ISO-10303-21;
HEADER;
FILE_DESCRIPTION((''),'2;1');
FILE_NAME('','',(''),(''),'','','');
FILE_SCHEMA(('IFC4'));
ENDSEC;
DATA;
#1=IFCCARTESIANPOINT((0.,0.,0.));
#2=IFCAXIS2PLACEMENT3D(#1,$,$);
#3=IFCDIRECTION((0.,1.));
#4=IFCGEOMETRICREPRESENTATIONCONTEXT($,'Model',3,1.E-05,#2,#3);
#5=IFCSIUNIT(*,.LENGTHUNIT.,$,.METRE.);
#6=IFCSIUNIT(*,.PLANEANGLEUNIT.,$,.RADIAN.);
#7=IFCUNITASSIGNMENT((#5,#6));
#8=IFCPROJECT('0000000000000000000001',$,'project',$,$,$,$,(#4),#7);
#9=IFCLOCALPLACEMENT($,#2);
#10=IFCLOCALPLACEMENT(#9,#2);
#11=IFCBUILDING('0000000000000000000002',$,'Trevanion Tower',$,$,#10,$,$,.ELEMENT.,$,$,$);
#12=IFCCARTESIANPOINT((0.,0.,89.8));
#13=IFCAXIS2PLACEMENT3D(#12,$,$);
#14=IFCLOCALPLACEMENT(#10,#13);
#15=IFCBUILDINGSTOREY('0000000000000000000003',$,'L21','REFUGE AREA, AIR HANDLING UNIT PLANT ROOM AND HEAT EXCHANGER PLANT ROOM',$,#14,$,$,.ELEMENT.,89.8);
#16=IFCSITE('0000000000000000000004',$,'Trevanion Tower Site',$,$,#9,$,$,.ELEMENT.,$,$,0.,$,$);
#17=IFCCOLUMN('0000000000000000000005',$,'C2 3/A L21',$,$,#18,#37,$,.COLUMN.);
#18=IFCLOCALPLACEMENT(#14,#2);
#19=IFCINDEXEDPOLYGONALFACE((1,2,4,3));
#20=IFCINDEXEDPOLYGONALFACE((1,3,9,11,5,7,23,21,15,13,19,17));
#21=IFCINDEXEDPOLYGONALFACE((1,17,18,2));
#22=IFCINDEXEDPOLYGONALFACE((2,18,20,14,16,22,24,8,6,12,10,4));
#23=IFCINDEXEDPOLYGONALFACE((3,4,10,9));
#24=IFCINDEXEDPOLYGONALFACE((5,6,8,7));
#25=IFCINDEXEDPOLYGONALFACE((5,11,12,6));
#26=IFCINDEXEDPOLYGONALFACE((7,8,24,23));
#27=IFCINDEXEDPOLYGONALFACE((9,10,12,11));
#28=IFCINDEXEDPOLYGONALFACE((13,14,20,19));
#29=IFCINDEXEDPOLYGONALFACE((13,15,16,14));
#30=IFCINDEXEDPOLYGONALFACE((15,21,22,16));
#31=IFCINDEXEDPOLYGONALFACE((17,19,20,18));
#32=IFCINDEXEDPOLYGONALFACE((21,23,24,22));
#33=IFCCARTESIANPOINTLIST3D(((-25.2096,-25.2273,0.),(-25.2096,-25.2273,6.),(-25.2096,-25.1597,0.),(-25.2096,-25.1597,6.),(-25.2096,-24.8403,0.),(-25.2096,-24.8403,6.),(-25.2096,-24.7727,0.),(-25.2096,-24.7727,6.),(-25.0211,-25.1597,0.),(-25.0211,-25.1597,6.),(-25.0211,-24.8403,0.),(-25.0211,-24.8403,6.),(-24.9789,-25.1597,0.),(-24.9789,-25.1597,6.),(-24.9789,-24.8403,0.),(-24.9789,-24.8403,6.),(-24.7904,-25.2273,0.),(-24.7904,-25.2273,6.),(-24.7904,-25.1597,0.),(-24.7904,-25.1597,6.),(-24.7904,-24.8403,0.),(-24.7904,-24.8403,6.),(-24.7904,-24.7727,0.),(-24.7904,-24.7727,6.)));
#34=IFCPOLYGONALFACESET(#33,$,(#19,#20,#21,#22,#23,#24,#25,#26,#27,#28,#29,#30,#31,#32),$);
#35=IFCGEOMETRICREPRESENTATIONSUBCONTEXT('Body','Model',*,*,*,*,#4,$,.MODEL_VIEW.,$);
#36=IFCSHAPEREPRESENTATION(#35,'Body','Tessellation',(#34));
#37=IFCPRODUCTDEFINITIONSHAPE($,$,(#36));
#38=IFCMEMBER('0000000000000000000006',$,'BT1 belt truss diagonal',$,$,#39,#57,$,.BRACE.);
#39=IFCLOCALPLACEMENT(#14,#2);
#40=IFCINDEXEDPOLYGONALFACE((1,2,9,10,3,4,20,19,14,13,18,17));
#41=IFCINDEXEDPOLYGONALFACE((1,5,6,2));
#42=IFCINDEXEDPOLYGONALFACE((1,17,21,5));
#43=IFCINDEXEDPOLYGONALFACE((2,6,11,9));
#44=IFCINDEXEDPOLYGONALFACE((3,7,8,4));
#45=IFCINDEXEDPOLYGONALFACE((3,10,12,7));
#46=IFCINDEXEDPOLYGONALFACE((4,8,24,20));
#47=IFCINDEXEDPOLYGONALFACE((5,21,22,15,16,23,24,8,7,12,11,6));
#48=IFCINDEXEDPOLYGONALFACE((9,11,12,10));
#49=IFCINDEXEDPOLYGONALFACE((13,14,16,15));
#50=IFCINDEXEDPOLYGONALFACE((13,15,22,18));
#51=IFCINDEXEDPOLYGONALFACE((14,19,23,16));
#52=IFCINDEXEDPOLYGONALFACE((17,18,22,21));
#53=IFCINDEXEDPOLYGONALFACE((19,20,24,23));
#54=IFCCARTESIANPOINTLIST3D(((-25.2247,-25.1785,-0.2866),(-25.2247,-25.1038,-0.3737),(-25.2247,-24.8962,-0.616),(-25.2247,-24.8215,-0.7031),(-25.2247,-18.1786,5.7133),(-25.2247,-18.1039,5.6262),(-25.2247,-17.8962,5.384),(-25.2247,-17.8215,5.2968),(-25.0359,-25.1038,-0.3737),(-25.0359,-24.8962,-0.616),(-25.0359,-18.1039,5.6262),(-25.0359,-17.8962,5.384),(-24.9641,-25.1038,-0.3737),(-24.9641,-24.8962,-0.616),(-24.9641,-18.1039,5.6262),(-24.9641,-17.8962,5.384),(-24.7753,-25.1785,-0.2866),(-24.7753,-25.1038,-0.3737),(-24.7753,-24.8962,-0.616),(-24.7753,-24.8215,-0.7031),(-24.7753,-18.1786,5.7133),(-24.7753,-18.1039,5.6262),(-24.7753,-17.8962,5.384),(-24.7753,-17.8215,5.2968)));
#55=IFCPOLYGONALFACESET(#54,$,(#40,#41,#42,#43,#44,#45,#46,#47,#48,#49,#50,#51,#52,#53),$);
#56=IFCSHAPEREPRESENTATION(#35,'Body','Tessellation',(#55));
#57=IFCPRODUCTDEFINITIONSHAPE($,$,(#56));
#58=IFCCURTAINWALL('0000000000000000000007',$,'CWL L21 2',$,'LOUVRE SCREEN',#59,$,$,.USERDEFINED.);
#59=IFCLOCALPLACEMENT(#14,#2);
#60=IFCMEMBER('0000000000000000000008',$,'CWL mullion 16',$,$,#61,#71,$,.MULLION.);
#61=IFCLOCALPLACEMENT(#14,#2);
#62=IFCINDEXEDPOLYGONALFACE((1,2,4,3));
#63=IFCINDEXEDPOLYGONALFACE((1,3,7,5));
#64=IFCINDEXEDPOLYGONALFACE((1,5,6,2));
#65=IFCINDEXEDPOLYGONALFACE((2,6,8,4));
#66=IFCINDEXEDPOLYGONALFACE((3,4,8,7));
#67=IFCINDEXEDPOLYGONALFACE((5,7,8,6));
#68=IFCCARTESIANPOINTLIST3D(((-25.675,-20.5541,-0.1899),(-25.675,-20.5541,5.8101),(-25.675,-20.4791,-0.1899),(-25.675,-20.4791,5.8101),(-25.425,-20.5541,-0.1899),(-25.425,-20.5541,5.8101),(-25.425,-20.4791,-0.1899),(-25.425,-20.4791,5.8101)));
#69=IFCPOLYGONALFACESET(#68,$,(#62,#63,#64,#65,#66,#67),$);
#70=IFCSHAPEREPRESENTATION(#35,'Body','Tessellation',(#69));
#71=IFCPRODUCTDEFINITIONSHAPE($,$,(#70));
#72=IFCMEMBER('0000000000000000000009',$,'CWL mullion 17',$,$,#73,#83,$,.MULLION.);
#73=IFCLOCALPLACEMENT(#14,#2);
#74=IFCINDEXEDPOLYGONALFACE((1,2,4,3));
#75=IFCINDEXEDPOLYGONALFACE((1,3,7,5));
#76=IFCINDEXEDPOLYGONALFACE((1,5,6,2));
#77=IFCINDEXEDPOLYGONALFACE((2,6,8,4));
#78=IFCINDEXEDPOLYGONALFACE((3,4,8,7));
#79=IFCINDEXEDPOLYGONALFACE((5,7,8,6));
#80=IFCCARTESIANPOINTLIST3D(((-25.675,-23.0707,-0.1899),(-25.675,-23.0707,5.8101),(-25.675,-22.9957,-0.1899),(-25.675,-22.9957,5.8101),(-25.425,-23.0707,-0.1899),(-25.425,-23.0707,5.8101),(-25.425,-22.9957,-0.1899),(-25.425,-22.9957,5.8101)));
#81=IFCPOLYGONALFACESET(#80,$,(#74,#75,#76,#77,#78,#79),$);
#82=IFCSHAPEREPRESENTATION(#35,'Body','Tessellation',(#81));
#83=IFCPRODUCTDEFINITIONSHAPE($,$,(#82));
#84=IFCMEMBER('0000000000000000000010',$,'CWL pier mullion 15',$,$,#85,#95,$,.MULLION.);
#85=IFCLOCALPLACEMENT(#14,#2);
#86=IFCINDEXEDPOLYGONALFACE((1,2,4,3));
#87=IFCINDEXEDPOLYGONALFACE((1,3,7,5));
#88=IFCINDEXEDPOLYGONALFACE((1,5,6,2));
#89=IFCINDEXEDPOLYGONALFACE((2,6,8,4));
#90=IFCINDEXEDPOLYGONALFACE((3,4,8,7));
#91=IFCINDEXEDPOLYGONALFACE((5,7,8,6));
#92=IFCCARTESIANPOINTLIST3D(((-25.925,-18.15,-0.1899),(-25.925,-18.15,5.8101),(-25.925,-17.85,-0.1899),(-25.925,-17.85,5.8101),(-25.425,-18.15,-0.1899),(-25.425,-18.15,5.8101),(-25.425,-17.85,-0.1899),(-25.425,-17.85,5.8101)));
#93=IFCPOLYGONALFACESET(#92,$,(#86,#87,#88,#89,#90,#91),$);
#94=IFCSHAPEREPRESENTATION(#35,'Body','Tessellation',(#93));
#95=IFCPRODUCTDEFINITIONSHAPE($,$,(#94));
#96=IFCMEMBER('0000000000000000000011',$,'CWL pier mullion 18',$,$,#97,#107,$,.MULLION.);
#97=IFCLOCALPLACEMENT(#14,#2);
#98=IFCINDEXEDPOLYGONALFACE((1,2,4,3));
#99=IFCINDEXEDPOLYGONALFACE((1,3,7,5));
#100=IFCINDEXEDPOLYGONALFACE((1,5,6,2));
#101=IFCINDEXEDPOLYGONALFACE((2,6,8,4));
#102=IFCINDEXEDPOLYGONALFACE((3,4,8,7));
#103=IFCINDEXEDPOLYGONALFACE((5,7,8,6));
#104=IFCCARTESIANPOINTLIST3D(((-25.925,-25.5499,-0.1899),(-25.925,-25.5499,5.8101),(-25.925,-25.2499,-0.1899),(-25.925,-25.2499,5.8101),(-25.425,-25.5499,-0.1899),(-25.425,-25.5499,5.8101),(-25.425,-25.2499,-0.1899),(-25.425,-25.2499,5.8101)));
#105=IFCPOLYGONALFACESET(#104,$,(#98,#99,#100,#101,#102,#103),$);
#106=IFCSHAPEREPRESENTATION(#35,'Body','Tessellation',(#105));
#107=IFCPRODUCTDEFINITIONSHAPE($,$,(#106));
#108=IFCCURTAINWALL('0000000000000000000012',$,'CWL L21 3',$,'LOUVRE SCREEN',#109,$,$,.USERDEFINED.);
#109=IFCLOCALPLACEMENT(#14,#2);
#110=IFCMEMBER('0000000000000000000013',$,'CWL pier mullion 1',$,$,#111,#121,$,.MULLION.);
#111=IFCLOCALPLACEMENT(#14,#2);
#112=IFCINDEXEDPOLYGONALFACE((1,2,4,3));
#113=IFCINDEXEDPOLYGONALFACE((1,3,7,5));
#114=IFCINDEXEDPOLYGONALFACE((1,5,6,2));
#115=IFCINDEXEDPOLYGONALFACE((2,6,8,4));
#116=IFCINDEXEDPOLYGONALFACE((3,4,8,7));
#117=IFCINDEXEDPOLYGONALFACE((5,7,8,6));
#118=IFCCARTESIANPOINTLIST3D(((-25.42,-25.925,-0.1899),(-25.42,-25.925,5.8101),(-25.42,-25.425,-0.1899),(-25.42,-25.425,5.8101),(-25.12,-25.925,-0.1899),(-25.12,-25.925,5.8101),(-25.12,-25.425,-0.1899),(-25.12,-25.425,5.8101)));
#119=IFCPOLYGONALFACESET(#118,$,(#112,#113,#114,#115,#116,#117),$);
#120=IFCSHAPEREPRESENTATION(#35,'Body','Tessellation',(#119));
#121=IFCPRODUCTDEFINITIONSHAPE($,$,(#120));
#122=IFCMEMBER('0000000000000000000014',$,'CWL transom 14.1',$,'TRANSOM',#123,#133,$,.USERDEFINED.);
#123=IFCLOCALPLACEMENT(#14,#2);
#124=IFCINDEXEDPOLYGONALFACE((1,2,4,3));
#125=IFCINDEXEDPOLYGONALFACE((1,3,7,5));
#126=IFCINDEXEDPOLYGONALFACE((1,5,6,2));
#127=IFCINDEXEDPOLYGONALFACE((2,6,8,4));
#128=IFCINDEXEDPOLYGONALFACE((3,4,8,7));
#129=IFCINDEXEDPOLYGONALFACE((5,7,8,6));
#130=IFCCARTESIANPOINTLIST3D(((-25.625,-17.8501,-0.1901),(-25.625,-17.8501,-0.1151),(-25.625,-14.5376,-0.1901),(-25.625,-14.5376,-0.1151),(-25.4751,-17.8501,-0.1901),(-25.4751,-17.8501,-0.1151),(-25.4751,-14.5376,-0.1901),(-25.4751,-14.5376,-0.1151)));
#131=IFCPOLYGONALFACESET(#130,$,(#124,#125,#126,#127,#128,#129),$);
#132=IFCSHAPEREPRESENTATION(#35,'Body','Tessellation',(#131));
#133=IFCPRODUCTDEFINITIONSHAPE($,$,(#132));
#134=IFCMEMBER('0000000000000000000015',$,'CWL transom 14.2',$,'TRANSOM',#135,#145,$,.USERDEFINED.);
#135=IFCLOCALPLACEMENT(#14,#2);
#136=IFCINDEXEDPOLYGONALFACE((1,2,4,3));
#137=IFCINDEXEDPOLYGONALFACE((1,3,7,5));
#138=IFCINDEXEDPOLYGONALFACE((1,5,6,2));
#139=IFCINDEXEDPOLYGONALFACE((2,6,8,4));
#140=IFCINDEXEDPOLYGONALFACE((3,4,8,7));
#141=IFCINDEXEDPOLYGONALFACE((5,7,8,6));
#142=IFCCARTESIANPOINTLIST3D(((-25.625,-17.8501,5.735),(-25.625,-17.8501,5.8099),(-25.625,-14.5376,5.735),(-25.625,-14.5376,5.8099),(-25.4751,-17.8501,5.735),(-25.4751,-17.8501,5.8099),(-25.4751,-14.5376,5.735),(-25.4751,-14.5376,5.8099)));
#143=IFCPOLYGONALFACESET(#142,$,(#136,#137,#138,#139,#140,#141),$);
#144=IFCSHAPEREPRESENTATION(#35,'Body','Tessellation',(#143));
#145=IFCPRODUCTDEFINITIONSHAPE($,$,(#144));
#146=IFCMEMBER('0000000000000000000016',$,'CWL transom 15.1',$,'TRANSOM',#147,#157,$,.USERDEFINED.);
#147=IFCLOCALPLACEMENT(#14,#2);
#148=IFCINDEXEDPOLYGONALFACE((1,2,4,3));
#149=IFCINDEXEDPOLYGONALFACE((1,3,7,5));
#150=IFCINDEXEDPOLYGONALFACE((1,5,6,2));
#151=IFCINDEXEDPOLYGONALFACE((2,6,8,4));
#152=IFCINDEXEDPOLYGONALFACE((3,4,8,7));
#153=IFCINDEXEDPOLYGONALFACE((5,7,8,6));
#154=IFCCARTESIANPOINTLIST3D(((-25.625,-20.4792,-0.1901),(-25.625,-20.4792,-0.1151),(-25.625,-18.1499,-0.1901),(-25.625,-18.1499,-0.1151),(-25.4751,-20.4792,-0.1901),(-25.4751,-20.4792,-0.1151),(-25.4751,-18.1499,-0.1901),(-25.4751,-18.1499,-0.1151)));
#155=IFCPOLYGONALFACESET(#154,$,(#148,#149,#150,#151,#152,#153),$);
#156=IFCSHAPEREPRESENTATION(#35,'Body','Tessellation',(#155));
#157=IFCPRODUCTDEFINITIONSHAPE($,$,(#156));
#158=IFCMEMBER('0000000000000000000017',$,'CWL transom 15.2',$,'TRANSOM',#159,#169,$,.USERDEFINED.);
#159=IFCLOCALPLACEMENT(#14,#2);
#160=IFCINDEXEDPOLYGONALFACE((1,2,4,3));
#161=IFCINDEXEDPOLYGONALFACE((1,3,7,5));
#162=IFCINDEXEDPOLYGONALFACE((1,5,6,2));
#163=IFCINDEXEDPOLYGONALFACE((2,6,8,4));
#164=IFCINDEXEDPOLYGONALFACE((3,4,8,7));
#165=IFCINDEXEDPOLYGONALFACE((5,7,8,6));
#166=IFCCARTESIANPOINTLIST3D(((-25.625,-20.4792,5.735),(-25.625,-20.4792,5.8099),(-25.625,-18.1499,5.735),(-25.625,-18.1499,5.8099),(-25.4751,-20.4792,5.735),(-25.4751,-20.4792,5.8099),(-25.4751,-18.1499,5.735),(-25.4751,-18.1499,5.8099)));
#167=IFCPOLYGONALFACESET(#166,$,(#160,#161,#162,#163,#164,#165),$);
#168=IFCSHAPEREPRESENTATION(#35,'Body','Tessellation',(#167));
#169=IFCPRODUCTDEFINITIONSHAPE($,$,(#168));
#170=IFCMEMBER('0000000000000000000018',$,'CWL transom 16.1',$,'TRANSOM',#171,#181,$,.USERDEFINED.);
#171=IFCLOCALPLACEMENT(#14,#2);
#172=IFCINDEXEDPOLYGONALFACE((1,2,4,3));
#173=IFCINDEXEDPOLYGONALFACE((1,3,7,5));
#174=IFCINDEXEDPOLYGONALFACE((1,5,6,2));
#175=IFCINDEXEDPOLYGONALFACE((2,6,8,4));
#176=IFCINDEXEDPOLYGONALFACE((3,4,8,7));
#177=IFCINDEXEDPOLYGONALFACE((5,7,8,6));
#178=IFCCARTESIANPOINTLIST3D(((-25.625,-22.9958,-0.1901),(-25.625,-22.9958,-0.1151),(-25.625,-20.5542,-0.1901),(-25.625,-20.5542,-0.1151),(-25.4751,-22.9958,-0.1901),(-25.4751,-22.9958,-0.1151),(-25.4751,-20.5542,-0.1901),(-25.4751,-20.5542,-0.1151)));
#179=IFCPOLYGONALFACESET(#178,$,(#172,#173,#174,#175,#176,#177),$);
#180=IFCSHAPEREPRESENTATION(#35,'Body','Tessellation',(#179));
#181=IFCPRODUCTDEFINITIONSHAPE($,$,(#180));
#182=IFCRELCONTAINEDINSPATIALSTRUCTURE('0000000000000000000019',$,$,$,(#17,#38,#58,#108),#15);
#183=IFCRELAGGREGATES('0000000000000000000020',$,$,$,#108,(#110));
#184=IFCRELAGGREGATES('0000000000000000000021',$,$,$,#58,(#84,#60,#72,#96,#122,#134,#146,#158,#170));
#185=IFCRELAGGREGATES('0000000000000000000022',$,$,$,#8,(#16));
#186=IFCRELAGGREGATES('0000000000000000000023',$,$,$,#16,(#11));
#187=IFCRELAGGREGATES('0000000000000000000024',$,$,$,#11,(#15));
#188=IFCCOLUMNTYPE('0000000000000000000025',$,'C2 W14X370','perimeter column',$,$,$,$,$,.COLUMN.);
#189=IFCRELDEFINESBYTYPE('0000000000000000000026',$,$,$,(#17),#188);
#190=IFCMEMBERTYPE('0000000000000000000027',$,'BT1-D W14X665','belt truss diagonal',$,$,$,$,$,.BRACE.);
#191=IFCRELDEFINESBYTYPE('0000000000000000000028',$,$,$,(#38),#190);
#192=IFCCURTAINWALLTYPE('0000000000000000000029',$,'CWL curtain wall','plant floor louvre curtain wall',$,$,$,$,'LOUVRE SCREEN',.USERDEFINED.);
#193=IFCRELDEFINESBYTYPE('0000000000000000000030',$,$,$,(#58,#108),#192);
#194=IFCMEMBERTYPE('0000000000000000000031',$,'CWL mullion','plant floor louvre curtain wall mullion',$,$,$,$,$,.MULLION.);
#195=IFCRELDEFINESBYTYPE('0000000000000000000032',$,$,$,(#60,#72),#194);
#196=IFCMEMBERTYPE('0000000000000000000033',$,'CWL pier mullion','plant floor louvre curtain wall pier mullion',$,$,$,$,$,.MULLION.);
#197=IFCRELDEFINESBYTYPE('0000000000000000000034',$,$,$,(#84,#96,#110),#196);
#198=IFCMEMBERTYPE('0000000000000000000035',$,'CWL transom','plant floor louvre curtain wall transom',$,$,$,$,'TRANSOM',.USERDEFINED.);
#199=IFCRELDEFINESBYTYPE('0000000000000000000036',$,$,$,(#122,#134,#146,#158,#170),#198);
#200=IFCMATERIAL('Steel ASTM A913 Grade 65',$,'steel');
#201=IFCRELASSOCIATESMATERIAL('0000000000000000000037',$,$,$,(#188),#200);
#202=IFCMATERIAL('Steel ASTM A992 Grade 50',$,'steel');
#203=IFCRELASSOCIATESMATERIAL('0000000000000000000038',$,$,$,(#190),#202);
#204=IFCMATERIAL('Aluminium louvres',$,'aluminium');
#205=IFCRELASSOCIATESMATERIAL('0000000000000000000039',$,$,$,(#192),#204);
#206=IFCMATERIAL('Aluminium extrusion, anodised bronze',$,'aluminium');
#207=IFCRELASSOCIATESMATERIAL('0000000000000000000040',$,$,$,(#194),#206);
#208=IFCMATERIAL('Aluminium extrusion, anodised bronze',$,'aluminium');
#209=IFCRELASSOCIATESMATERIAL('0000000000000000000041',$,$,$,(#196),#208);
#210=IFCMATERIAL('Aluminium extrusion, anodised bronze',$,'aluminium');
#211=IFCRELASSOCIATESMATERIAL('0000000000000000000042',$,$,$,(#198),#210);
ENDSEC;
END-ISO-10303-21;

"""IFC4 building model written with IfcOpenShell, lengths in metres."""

from ifc_helpers import new_model, si_unit, direction, frame, origin, origin_2d, place, context, subcontext, project, spatial, rectangle, i_section, extrude, material, material_profile, profile_set, type_object, element, aggregate, save


model = new_model("IFC4")

# Units and contexts
model_context = context("Model", 3, precision=1e-05, world=origin(), true_north=direction((0.0, 1.0)))
body_context = subcontext(model_context, "Body", "Model", "MODEL_VIEW")
ifc_project = project(units=[si_unit("LENGTHUNIT", "METRE"), si_unit("PLANEANGLEUNIT", "RADIAN")], contexts=[model_context])

# Site, building, storey
site_placement = place(None, origin())
site = spatial("IfcSite", under=ifc_project, at=site_placement, Name="Trevanion Tower Site", CompositionType="ELEMENT", RefElevation=0.0)
building_placement = place(site_placement, origin())
building = spatial("IfcBuilding", under=site, at=building_placement, Name="Trevanion Tower", CompositionType="ELEMENT")
storey_placement = place(building_placement, frame((0.0, 0.0, 89.8)))
storey = spatial("IfcBuildingStorey", under=building, at=storey_placement, Name="L21", Description="REFUGE AREA, AIR HANDLING UNIT PLANT ROOM AND HEAT EXCHANGER PLANT ROOM", CompositionType="ELEMENT", Elevation=89.8)

# Column
ifc_material_1 = material(Name="Steel ASTM A913 Grade 65", Category="steel")
ifc_material_profile_1 = material_profile(ifc_material_1, i_section(OverallWidth=0.4192, OverallDepth=0.4546, WebThickness=0.0422, FlangeThickness=0.0676, at=origin_2d()), Name="W14X370")
ifc_profile_set_1 = profile_set([ifc_material_profile_1], Name="Steel ASTM A913 Grade 65")
column_type = type_object("IfcColumnType", Name="C2 W14X370", Description="perimeter column", PredefinedType="COLUMN", material=ifc_profile_set_1)
column_placement = place(storey_placement, frame((-25.0, -25.0, 0.0), z_axis=(0.0, 0.0, 1.0), x_axis=(1.0, 0.0, 0.0)))
element("IfcColumn", 1, at=column_placement, inside=storey, type_object=column_type, Name="C2 3/A L21", PredefinedType="COLUMN", context=body_context, shape_type="SweptSolid", body=[
    extrude(i_section(OverallWidth=0.4192, OverallDepth=0.4546, WebThickness=0.0422, FlangeThickness=0.0676, at=origin_2d()), origin(), (0.0, 0.0, 1.0), 6.0),
])

# Member
ifc_material_2 = material(Name="Steel ASTM A992 Grade 50", Category="steel")
ifc_material_profile_2 = material_profile(ifc_material_2, i_section(OverallWidth=0.4495, OverallDepth=0.5486, WebThickness=0.0718, FlangeThickness=0.1147, at=origin_2d()), Name="W14X665")
ifc_profile_set_2 = profile_set([ifc_material_profile_2], Name="Steel ASTM A992 Grade 50")
member_type_1 = type_object("IfcMemberType", Name="BT1-D W14X665", Description="belt truss diagonal", PredefinedType="BRACE", material=ifc_profile_set_2)
member_1_placement = place(storey_placement, frame((-25.0, -25.0, -0.4949), z_axis=(0.0, 0.759257, 0.650791), x_axis=(-1.0, 0.0, 0.0)))
element("IfcMember", 2, at=member_1_placement, inside=storey, type_object=member_type_1, Name="BT1 belt truss diagonal", PredefinedType="BRACE", context=body_context, shape_type="SweptSolid", body=[
    extrude(i_section(OverallWidth=0.4495, OverallDepth=0.5486, WebThickness=0.0718, FlangeThickness=0.1147, at=origin_2d()), origin(), (0.0, 0.0, 1.0), 9.2195),
])

# Curtain wall, members
ifc_material_3 = material(Name="Aluminium louvres", Category="aluminium")
curtain_wall_type = type_object("IfcCurtainWallType", Name="CWL curtain wall", Description="plant floor louvre curtain wall", ElementType="LOUVRE SCREEN", PredefinedType="USERDEFINED", material=ifc_material_3)
curtain_wall_1_placement = place(storey_placement, origin())
curtain_wall_1 = element("IfcCurtainWall", 3, at=curtain_wall_1_placement, inside=storey, type_object=curtain_wall_type, Name="CWL L21 2", ObjectType="LOUVRE SCREEN", PredefinedType="USERDEFINED")
ifc_material_4 = material(Name="Aluminium extrusion, anodised bronze", Category="aluminium")
ifc_material_profile_3 = material_profile(ifc_material_4, rectangle(XDim=0.075, YDim=0.25, at=origin_2d()), Name="CWL mullion")
ifc_profile_set_3 = profile_set([ifc_material_profile_3], Name="Aluminium extrusion, anodised bronze")
member_type_2 = type_object("IfcMemberType", Name="CWL mullion", Description="plant floor louvre curtain wall mullion", PredefinedType="MULLION", material=ifc_profile_set_3)
member_2_placement = place(storey_placement, frame((-25.55, -20.5166, -0.1899), z_axis=(0.0, 0.0, 1.0), x_axis=(0.0, -1.0, 0.0)))
member_2 = element("IfcMember", 4, at=member_2_placement, type_object=member_type_2, Name="CWL mullion 16", PredefinedType="MULLION", context=body_context, shape_type="SweptSolid", body=[
    extrude(rectangle(XDim=0.075, YDim=0.25, at=origin_2d()), origin(), (0.0, 0.0, 1.0), 6.0),
])
member_3_placement = place(storey_placement, frame((-25.55, -23.0332, -0.1899), z_axis=(0.0, 0.0, 1.0), x_axis=(0.0, -1.0, 0.0)))
member_3 = element("IfcMember", 5, at=member_3_placement, type_object=member_type_2, Name="CWL mullion 17", PredefinedType="MULLION", context=body_context, shape_type="SweptSolid", body=[
    extrude(rectangle(XDim=0.075, YDim=0.25, at=origin_2d()), origin(), (0.0, 0.0, 1.0), 6.0),
])
ifc_material_5 = material(Name="Aluminium extrusion, anodised bronze", Category="aluminium")
ifc_material_profile_4 = material_profile(ifc_material_5, rectangle(XDim=0.3, YDim=0.5, at=origin_2d()), Name="CWL pier mullion")
ifc_profile_set_4 = profile_set([ifc_material_profile_4], Name="Aluminium extrusion, anodised bronze")
member_type_3 = type_object("IfcMemberType", Name="CWL pier mullion", Description="plant floor louvre curtain wall pier mullion", PredefinedType="MULLION", material=ifc_profile_set_4)
member_4_placement = place(storey_placement, frame((-25.675, -18.0, -0.1899), z_axis=(0.0, 0.0, 1.0), x_axis=(0.0, -1.0, 0.0)))
member_4 = element("IfcMember", 6, at=member_4_placement, type_object=member_type_3, Name="CWL pier mullion 15", PredefinedType="MULLION", context=body_context, shape_type="SweptSolid", body=[
    extrude(rectangle(XDim=0.3, YDim=0.5, at=origin_2d()), origin(), (0.0, 0.0, 1.0), 6.0),
])
member_5_placement = place(storey_placement, frame((-25.675, -25.3999, -0.1899), z_axis=(0.0, 0.0, 1.0), x_axis=(0.0, -1.0, 0.0)))
member_5 = element("IfcMember", 7, at=member_5_placement, type_object=member_type_3, Name="CWL pier mullion 18", PredefinedType="MULLION", context=body_context, shape_type="SweptSolid", body=[
    extrude(rectangle(XDim=0.3, YDim=0.5, at=origin_2d()), origin(), (0.0, 0.0, 1.0), 6.0),
])

# Curtain wall, member
curtain_wall_2_placement = place(storey_placement, origin())
curtain_wall_2 = element("IfcCurtainWall", 8, at=curtain_wall_2_placement, inside=storey, type_object=curtain_wall_type, Name="CWL L21 3", ObjectType="LOUVRE SCREEN", PredefinedType="USERDEFINED")
member_6_placement = place(storey_placement, frame((-25.27, -25.675, -0.1899), z_axis=(0.0, 0.0, 1.0), x_axis=(1.0, 0.0, 0.0)))
member_6 = element("IfcMember", 9, at=member_6_placement, type_object=member_type_3, Name="CWL pier mullion 1", PredefinedType="MULLION", context=body_context, shape_type="SweptSolid", body=[
    extrude(rectangle(XDim=0.3, YDim=0.5, at=origin_2d()), origin(), (0.0, 0.0, 1.0), 6.0),
])

# Members
ifc_material_6 = material(Name="Aluminium extrusion, anodised bronze", Category="aluminium")
ifc_material_profile_5 = material_profile(ifc_material_6, rectangle(XDim=0.1499, YDim=0.075, at=origin_2d()), Name="CWL transom")
ifc_profile_set_5 = profile_set([ifc_material_profile_5], Name="Aluminium extrusion, anodised bronze")
member_type_4 = type_object("IfcMemberType", Name="CWL transom", Description="plant floor louvre curtain wall transom", ElementType="TRANSOM", PredefinedType="USERDEFINED", material=ifc_profile_set_5)
member_7_placement = place(storey_placement, frame((-25.55, -14.5376, -0.1526), z_axis=(0.0, -1.0, 0.0), x_axis=(1.0, 0.0, 0.0)))
member_7 = element("IfcMember", 10, at=member_7_placement, type_object=member_type_4, Name="CWL transom 14.1", ObjectType="TRANSOM", PredefinedType="USERDEFINED", context=body_context, shape_type="SweptSolid", body=[
    extrude(rectangle(XDim=0.1499, YDim=0.075, at=origin_2d()), origin(), (0.0, 0.0, 1.0), 3.3125),
])
member_8_placement = place(storey_placement, frame((-25.55, -14.5376, 5.7725), z_axis=(0.0, -1.0, 0.0), x_axis=(1.0, 0.0, 0.0)))
member_8 = element("IfcMember", 11, at=member_8_placement, type_object=member_type_4, Name="CWL transom 14.2", ObjectType="TRANSOM", PredefinedType="USERDEFINED", context=body_context, shape_type="SweptSolid", body=[
    extrude(rectangle(XDim=0.1499, YDim=0.075, at=origin_2d()), origin(), (0.0, 0.0, 1.0), 3.3125),
])
member_9_placement = place(storey_placement, frame((-25.55, -18.1499, -0.1526), z_axis=(0.0, -1.0, 0.0), x_axis=(1.0, 0.0, 0.0)))
member_9 = element("IfcMember", 12, at=member_9_placement, type_object=member_type_4, Name="CWL transom 15.1", ObjectType="TRANSOM", PredefinedType="USERDEFINED", context=body_context, shape_type="SweptSolid", body=[
    extrude(rectangle(XDim=0.1499, YDim=0.075, at=origin_2d()), origin(), (0.0, 0.0, 1.0), 2.3293),
])
member_10_placement = place(storey_placement, frame((-25.55, -18.1499, 5.7725), z_axis=(0.0, -1.0, 0.0), x_axis=(1.0, 0.0, 0.0)))
member_10 = element("IfcMember", 13, at=member_10_placement, type_object=member_type_4, Name="CWL transom 15.2", ObjectType="TRANSOM", PredefinedType="USERDEFINED", context=body_context, shape_type="SweptSolid", body=[
    extrude(rectangle(XDim=0.1499, YDim=0.075, at=origin_2d()), origin(), (0.0, 0.0, 1.0), 2.3293),
])
member_11_placement = place(storey_placement, frame((-25.55, -20.5542, -0.1526), z_axis=(0.0, -1.0, 0.0), x_axis=(1.0, 0.0, 0.0)))
member_11 = element("IfcMember", 14, at=member_11_placement, type_object=member_type_4, Name="CWL transom 16.1", ObjectType="TRANSOM", PredefinedType="USERDEFINED", context=body_context, shape_type="SweptSolid", body=[
    extrude(rectangle(XDim=0.1499, YDim=0.075, at=origin_2d()), origin(), (0.0, 0.0, 1.0), 2.4417),
])
aggregate(curtain_wall_2, [member_6])

aggregate(curtain_wall_1, [member_4, member_2, member_3, member_5, member_7, member_8, member_9, member_10, member_11])

save(model, "model.ifc")
